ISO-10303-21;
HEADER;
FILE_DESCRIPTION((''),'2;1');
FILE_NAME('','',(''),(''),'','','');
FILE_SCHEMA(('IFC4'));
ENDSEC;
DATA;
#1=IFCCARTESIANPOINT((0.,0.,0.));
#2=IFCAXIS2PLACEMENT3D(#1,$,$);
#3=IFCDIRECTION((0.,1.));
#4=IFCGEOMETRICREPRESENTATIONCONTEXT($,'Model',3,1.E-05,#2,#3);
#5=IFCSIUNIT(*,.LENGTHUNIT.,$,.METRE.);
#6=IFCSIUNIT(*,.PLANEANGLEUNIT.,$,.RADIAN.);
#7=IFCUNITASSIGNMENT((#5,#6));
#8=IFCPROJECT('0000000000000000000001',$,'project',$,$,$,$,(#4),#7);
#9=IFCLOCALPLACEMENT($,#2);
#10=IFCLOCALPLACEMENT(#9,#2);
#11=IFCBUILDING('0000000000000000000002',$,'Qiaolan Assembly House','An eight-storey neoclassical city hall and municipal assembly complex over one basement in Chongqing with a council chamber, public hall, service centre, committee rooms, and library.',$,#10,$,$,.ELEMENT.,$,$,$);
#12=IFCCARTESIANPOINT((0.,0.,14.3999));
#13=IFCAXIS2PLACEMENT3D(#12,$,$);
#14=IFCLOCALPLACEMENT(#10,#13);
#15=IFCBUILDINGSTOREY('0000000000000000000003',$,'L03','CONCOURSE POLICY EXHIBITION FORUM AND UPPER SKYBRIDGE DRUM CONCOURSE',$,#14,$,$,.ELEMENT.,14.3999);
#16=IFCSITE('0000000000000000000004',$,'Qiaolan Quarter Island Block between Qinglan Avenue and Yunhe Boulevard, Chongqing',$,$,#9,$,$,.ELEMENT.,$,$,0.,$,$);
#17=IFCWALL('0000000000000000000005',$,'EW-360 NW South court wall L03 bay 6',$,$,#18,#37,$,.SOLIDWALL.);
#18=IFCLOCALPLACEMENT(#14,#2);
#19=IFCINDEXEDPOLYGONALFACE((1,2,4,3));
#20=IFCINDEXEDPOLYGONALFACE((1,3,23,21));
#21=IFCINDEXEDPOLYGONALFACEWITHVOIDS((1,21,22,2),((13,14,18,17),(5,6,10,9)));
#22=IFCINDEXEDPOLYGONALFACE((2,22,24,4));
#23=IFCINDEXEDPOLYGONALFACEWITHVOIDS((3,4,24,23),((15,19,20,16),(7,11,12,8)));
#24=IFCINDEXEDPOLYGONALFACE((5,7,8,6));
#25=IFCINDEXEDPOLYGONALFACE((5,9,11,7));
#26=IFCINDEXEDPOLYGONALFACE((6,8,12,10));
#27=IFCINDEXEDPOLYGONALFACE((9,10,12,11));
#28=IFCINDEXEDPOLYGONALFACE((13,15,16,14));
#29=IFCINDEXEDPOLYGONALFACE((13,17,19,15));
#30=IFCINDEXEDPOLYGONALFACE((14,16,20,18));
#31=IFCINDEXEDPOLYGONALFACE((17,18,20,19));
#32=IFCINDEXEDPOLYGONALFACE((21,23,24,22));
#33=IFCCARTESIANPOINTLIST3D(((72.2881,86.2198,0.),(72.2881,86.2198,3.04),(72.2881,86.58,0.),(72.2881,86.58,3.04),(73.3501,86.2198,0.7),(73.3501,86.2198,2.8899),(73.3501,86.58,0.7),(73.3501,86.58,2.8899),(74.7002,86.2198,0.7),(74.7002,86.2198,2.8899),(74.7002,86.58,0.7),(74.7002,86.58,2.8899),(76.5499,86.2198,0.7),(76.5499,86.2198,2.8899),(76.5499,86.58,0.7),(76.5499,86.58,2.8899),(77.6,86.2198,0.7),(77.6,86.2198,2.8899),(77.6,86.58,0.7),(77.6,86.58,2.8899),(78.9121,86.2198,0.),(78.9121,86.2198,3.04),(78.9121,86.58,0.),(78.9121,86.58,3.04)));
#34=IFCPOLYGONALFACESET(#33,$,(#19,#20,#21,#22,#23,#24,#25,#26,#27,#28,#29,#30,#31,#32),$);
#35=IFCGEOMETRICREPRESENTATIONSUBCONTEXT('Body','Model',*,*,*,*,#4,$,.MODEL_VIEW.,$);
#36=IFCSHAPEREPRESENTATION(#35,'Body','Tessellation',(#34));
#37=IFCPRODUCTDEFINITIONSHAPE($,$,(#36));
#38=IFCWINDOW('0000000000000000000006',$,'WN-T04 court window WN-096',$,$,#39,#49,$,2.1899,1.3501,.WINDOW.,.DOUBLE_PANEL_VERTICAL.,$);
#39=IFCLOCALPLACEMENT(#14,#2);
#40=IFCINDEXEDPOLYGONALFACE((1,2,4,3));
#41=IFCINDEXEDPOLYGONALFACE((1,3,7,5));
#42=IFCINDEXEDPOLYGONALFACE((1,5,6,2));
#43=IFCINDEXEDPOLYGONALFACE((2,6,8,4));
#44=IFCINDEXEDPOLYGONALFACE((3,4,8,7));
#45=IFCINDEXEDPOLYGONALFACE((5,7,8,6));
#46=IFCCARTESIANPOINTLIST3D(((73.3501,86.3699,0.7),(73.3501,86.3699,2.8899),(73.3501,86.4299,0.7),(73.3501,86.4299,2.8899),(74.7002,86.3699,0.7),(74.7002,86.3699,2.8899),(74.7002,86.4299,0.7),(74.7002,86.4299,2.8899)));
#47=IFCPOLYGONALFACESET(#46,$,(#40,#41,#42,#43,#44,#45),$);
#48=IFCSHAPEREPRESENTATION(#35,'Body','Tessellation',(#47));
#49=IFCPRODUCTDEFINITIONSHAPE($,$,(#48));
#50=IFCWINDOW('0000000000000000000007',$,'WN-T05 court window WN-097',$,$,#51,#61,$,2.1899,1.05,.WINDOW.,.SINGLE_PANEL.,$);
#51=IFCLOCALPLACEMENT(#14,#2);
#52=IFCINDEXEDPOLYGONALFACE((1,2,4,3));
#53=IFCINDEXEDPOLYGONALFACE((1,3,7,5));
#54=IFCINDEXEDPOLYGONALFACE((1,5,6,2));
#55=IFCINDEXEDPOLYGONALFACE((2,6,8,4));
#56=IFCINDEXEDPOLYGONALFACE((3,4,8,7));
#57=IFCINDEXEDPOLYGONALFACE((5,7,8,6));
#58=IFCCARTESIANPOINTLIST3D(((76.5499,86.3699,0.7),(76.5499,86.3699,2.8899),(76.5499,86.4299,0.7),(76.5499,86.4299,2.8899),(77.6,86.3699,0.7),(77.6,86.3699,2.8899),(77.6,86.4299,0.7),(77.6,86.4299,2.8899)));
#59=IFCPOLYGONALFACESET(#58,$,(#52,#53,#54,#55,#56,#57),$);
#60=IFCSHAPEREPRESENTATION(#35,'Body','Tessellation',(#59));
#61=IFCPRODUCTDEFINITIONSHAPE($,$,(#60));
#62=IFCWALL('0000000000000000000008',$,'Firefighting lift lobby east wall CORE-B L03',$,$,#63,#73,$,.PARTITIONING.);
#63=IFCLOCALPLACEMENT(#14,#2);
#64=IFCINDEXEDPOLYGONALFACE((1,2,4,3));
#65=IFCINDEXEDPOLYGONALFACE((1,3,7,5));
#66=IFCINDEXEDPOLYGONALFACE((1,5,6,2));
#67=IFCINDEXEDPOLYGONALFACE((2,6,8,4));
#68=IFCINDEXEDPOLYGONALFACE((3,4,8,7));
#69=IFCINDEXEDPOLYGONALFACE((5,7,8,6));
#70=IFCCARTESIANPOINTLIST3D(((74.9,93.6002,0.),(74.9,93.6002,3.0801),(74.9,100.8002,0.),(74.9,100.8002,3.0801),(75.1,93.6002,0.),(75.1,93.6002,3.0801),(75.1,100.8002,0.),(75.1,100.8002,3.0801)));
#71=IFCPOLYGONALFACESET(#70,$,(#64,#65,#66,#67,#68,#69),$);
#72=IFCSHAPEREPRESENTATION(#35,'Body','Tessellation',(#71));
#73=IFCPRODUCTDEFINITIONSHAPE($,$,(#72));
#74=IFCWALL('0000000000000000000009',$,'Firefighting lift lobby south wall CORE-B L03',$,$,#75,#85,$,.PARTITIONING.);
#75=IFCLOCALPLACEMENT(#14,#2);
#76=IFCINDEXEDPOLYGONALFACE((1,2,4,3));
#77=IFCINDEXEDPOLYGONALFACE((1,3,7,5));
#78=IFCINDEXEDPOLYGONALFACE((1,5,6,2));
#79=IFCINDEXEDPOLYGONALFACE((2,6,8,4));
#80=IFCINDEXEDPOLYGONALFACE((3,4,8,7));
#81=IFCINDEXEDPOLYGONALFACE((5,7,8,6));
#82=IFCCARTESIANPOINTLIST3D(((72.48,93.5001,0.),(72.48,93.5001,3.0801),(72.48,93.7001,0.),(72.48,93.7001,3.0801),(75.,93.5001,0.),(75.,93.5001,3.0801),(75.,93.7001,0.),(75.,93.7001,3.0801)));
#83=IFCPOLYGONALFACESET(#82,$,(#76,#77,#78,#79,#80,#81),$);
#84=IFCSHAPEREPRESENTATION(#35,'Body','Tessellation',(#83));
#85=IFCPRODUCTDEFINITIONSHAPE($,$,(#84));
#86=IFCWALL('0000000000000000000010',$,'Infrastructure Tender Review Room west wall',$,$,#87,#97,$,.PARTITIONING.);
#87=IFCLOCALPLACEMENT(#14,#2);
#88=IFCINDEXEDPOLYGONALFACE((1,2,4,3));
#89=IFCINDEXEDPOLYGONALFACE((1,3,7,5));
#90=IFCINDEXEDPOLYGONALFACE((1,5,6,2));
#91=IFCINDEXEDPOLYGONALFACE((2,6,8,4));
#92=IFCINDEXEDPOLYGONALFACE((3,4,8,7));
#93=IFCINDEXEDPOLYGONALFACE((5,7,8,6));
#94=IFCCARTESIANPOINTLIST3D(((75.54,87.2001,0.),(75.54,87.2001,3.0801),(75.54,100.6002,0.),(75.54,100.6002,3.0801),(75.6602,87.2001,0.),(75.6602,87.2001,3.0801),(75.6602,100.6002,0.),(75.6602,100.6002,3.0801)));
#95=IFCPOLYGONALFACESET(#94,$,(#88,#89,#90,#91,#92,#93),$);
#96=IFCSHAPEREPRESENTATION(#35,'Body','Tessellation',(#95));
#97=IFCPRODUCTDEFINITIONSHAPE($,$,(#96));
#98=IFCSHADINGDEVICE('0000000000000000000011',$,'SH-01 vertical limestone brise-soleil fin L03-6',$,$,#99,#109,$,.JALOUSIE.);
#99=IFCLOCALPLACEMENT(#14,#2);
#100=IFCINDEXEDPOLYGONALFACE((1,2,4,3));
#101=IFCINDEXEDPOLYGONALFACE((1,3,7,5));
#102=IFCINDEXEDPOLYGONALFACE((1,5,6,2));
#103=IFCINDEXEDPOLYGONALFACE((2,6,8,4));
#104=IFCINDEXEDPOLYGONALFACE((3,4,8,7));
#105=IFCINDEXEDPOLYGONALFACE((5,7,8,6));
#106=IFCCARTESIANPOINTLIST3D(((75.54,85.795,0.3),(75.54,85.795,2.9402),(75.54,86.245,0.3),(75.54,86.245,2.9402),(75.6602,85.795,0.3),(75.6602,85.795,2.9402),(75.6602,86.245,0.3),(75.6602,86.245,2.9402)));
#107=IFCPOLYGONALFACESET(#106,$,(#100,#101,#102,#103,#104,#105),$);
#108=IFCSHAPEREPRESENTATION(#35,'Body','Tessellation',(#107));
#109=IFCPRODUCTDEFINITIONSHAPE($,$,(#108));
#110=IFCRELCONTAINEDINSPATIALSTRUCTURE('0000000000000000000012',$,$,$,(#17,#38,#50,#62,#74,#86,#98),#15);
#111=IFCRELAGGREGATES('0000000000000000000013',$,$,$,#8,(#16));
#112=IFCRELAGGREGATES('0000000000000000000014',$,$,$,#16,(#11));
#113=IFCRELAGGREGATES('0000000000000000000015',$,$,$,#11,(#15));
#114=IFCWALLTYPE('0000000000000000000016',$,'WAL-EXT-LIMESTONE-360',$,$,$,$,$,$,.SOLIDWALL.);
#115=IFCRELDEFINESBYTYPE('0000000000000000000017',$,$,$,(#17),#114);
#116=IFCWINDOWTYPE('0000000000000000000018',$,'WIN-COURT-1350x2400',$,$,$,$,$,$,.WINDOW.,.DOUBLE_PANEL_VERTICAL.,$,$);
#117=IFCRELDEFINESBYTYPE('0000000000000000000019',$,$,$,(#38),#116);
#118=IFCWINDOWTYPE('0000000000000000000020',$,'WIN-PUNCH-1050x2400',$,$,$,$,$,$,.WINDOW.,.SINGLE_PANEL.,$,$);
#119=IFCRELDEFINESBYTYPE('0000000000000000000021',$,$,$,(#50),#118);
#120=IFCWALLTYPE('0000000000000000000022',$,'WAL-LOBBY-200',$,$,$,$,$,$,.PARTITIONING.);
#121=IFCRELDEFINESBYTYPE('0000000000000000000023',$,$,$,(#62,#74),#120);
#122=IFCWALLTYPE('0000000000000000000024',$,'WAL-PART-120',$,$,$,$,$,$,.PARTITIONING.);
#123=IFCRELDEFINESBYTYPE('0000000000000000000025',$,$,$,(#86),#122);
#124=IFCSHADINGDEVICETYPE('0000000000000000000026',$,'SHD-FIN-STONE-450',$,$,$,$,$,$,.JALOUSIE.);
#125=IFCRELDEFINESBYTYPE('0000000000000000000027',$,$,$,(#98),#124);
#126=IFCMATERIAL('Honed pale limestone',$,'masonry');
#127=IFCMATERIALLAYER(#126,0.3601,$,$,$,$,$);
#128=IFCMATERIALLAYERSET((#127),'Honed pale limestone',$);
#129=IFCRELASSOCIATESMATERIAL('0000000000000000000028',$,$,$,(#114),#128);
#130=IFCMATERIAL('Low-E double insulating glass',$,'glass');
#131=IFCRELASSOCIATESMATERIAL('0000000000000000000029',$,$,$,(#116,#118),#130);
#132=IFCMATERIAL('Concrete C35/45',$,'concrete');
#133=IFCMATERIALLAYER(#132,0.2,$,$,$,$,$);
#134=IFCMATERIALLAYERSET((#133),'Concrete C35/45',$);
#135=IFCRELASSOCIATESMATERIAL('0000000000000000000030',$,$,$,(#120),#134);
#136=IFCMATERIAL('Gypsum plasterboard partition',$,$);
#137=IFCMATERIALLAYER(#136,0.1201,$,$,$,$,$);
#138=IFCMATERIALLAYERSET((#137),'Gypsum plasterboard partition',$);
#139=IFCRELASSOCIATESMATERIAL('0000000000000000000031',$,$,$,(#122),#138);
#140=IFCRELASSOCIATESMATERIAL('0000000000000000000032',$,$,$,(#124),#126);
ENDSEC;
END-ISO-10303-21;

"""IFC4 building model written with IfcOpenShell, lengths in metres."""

from ifc_helpers import new_model, si_unit, direction, frame, frame_2d, origin, origin_2d, place, context, subcontext, project, spatial, rectangle, extrude, material, layer, layer_set, material_profile, profile_set, type_object, element, fill, save


model = new_model("IFC4")

# Units and contexts
model_context = context("Model", 3, precision=1e-05, world=origin(), true_north=direction((0.0, 1.0)))
body_context = subcontext(model_context, "Body", "Model", "MODEL_VIEW")
ifc_project = project(units=[si_unit("LENGTHUNIT", "METRE"), si_unit("PLANEANGLEUNIT", "RADIAN")], contexts=[model_context])

# Site, building, storey
site_placement = place(None, origin())
site = spatial("IfcSite", under=ifc_project, at=site_placement, Name="Qiaolan Quarter Island Block between Qinglan Avenue and Yunhe Boulevard, Chongqing", CompositionType="ELEMENT", RefElevation=0.0)
building_placement = place(site_placement, origin())
building = spatial("IfcBuilding", under=site, at=building_placement, Name="Qiaolan Assembly House", Description="An eight-storey neoclassical city hall and municipal assembly complex over one basement in Chongqing with a council chamber, public hall, service centre, committee rooms, and library.", CompositionType="ELEMENT")
storey_placement = place(building_placement, frame((0.0, 0.0, 14.3999)))
storey = spatial("IfcBuildingStorey", under=building, at=storey_placement, Name="L03", Description="CONCOURSE POLICY EXHIBITION FORUM AND UPPER SKYBRIDGE DRUM CONCOURSE", CompositionType="ELEMENT", Elevation=14.3999)

# Wall, openings, windows
ifc_material_1 = material(Name="Honed pale limestone", Category="masonry")
ifc_layer_1 = layer(ifc_material_1, 0.3601)
ifc_layer_set_1 = layer_set([ifc_layer_1], Name="Honed pale limestone")
wall_type_1 = type_object("IfcWallType", Name="WAL-EXT-LIMESTONE-360", PredefinedType="SOLIDWALL", material=ifc_layer_set_1)
wall_1_placement = place(storey_placement, frame((72.2881, 86.3999, 0.0), z_axis=(0.0, 0.0, 1.0), x_axis=(1.0, 0.0, 0.0)))
wall_1 = element("IfcWall", 1, at=wall_1_placement, inside=storey, type_object=wall_type_1, Name="EW-360 NW South court wall L03 bay 6", PredefinedType="SOLIDWALL", context=body_context, shape_type="SweptSolid", body=[
    extrude(rectangle(XDim=6.624, YDim=0.3601, at=frame_2d((3.312, 0.0))), origin(), (0.0, 0.0, 1.0), 3.04),
])
opening_1_placement = place(wall_1_placement, frame((1.062, 0.0, 0.7)))
opening_1 = element("IfcOpeningElement", 2, at=opening_1_placement, cuts=wall_1, PredefinedType="OPENING", context=body_context, shape_type="SweptSolid", body=[
    extrude(rectangle(XDim=1.3501, YDim=2.1899, at=frame_2d((0.675, 1.095))), frame((0.0, 0.1899, 0.0), z_axis=(0.0, -1.0, 0.0), x_axis=(1.0, 0.0, 0.0)), (0.0, 0.0, 1.0), 0.3801),
])
opening_2_placement = place(wall_1_placement, frame((4.262, 0.0, 0.7)))
opening_2 = element("IfcOpeningElement", 3, at=opening_2_placement, cuts=wall_1, PredefinedType="OPENING", context=body_context, shape_type="SweptSolid", body=[
    extrude(rectangle(XDim=1.05, YDim=2.1899, at=frame_2d((0.5249, 1.095))), frame((0.0, 0.1899, 0.0), z_axis=(0.0, -1.0, 0.0), x_axis=(1.0, 0.0, 0.0)), (0.0, 0.0, 1.0), 0.3801),
])
ifc_material_2 = material(Name="Low-E double insulating glass", Category="glass")
window_type_1 = type_object("IfcWindowType", Name="WIN-COURT-1350x2400", PartitioningType="DOUBLE_PANEL_VERTICAL", PredefinedType="WINDOW", material=ifc_material_2)
window_1_placement = place(opening_1_placement, origin())
window_1 = element("IfcWindow", 4, at=window_1_placement, inside=storey, type_object=window_type_1, Name="WN-T04 court window WN-096", OverallHeight=2.1899, OverallWidth=1.3501, PartitioningType="DOUBLE_PANEL_VERTICAL", PredefinedType="WINDOW", context=body_context, shape_type="SweptSolid", body=[
    extrude(rectangle(XDim=1.3501, YDim=2.1899, at=frame_2d((0.675, 1.095))), frame((0.0, 0.03, 0.0), z_axis=(0.0, -1.0, 0.0), x_axis=(1.0, 0.0, 0.0)), (0.0, 0.0, 1.0), 0.0601),
])
fill(opening_1, window_1)
window_type_2 = type_object("IfcWindowType", Name="WIN-PUNCH-1050x2400", PartitioningType="SINGLE_PANEL", PredefinedType="WINDOW", material=ifc_material_2)
window_2_placement = place(opening_2_placement, origin())
window_2 = element("IfcWindow", 5, at=window_2_placement, inside=storey, type_object=window_type_2, Name="WN-T05 court window WN-097", OverallHeight=2.1899, OverallWidth=1.05, PartitioningType="SINGLE_PANEL", PredefinedType="WINDOW", context=body_context, shape_type="SweptSolid", body=[
    extrude(rectangle(XDim=1.05, YDim=2.1899, at=frame_2d((0.5249, 1.095))), frame((0.0, 0.03, 0.0), z_axis=(0.0, -1.0, 0.0), x_axis=(1.0, 0.0, 0.0)), (0.0, 0.0, 1.0), 0.0601),
])
fill(opening_2, window_2)

# Walls
ifc_material_3 = material(Name="Concrete C35/45", Category="concrete")
ifc_layer_2 = layer(ifc_material_3, 0.2)
ifc_layer_set_2 = layer_set([ifc_layer_2], Name="Concrete C35/45")
wall_type_2 = type_object("IfcWallType", Name="WAL-LOBBY-200", PredefinedType="PARTITIONING", material=ifc_layer_set_2)
wall_2_placement = place(storey_placement, frame((75.0, 93.6001, 0.0), z_axis=(0.0, 0.0, 1.0), x_axis=(0.0, 1.0, 0.0)))
element("IfcWall", 6, at=wall_2_placement, inside=storey, type_object=wall_type_2, Name="Firefighting lift lobby east wall CORE-B L03", PredefinedType="PARTITIONING", context=body_context, shape_type="SweptSolid", body=[
    extrude(rectangle(XDim=7.2, YDim=0.2, at=frame_2d((3.6001, 0.0))), origin(), (0.0, 0.0, 1.0), 3.0801),
])
wall_3_placement = place(storey_placement, frame((72.48, 93.6001, 0.0), z_axis=(0.0, 0.0, 1.0), x_axis=(1.0, 0.0, 0.0)))
element("IfcWall", 7, at=wall_3_placement, inside=storey, type_object=wall_type_2, Name="Firefighting lift lobby south wall CORE-B L03", PredefinedType="PARTITIONING", context=body_context, shape_type="SweptSolid", body=[
    extrude(rectangle(XDim=2.52, YDim=0.2, at=frame_2d((1.26, 0.0))), origin(), (0.0, 0.0, 1.0), 3.0801),
])
ifc_material_4 = material(Name="Gypsum plasterboard partition")
ifc_layer_3 = layer(ifc_material_4, 0.1201)
ifc_layer_set_3 = layer_set([ifc_layer_3], Name="Gypsum plasterboard partition")
wall_type_3 = type_object("IfcWallType", Name="WAL-PART-120", PredefinedType="PARTITIONING", material=ifc_layer_set_3)
wall_4_placement = place(storey_placement, frame((75.6001, 87.2, 0.0), z_axis=(0.0, 0.0, 1.0), x_axis=(0.0, 1.0, 0.0)))
element("IfcWall", 8, at=wall_4_placement, inside=storey, type_object=wall_type_3, Name="Infrastructure Tender Review Room west wall", PredefinedType="PARTITIONING", context=body_context, shape_type="SweptSolid", body=[
    extrude(rectangle(XDim=13.4001, YDim=0.1201, at=frame_2d((6.7002, 0.0))), origin(), (0.0, 0.0, 1.0), 3.0801),
])

# Shading device
ifc_material_profile_1 = material_profile(ifc_material_1, rectangle(XDim=0.1201, YDim=0.45, at=origin_2d()), Name="FIN 120x450")
ifc_profile_set_1 = profile_set([ifc_material_profile_1], Name="Honed pale limestone")
shading_device_type = type_object("IfcShadingDeviceType", Name="SHD-FIN-STONE-450", PredefinedType="JALOUSIE", material=ifc_profile_set_1)
shading_device_placement = place(storey_placement, frame((75.6001, 86.02, 0.3), z_axis=(0.0, 0.0, 1.0), x_axis=(1.0, 0.0, 0.0)))
element("IfcShadingDevice", 9, at=shading_device_placement, inside=storey, type_object=shading_device_type, Name="SH-01 vertical limestone brise-soleil fin L03-6", PredefinedType="JALOUSIE", context=body_context, shape_type="SweptSolid", body=[
    extrude(rectangle(XDim=0.1201, YDim=0.45, at=origin_2d()), origin(), (0.0, 0.0, 1.0), 2.6401),
])

save(model, "model.ifc")
